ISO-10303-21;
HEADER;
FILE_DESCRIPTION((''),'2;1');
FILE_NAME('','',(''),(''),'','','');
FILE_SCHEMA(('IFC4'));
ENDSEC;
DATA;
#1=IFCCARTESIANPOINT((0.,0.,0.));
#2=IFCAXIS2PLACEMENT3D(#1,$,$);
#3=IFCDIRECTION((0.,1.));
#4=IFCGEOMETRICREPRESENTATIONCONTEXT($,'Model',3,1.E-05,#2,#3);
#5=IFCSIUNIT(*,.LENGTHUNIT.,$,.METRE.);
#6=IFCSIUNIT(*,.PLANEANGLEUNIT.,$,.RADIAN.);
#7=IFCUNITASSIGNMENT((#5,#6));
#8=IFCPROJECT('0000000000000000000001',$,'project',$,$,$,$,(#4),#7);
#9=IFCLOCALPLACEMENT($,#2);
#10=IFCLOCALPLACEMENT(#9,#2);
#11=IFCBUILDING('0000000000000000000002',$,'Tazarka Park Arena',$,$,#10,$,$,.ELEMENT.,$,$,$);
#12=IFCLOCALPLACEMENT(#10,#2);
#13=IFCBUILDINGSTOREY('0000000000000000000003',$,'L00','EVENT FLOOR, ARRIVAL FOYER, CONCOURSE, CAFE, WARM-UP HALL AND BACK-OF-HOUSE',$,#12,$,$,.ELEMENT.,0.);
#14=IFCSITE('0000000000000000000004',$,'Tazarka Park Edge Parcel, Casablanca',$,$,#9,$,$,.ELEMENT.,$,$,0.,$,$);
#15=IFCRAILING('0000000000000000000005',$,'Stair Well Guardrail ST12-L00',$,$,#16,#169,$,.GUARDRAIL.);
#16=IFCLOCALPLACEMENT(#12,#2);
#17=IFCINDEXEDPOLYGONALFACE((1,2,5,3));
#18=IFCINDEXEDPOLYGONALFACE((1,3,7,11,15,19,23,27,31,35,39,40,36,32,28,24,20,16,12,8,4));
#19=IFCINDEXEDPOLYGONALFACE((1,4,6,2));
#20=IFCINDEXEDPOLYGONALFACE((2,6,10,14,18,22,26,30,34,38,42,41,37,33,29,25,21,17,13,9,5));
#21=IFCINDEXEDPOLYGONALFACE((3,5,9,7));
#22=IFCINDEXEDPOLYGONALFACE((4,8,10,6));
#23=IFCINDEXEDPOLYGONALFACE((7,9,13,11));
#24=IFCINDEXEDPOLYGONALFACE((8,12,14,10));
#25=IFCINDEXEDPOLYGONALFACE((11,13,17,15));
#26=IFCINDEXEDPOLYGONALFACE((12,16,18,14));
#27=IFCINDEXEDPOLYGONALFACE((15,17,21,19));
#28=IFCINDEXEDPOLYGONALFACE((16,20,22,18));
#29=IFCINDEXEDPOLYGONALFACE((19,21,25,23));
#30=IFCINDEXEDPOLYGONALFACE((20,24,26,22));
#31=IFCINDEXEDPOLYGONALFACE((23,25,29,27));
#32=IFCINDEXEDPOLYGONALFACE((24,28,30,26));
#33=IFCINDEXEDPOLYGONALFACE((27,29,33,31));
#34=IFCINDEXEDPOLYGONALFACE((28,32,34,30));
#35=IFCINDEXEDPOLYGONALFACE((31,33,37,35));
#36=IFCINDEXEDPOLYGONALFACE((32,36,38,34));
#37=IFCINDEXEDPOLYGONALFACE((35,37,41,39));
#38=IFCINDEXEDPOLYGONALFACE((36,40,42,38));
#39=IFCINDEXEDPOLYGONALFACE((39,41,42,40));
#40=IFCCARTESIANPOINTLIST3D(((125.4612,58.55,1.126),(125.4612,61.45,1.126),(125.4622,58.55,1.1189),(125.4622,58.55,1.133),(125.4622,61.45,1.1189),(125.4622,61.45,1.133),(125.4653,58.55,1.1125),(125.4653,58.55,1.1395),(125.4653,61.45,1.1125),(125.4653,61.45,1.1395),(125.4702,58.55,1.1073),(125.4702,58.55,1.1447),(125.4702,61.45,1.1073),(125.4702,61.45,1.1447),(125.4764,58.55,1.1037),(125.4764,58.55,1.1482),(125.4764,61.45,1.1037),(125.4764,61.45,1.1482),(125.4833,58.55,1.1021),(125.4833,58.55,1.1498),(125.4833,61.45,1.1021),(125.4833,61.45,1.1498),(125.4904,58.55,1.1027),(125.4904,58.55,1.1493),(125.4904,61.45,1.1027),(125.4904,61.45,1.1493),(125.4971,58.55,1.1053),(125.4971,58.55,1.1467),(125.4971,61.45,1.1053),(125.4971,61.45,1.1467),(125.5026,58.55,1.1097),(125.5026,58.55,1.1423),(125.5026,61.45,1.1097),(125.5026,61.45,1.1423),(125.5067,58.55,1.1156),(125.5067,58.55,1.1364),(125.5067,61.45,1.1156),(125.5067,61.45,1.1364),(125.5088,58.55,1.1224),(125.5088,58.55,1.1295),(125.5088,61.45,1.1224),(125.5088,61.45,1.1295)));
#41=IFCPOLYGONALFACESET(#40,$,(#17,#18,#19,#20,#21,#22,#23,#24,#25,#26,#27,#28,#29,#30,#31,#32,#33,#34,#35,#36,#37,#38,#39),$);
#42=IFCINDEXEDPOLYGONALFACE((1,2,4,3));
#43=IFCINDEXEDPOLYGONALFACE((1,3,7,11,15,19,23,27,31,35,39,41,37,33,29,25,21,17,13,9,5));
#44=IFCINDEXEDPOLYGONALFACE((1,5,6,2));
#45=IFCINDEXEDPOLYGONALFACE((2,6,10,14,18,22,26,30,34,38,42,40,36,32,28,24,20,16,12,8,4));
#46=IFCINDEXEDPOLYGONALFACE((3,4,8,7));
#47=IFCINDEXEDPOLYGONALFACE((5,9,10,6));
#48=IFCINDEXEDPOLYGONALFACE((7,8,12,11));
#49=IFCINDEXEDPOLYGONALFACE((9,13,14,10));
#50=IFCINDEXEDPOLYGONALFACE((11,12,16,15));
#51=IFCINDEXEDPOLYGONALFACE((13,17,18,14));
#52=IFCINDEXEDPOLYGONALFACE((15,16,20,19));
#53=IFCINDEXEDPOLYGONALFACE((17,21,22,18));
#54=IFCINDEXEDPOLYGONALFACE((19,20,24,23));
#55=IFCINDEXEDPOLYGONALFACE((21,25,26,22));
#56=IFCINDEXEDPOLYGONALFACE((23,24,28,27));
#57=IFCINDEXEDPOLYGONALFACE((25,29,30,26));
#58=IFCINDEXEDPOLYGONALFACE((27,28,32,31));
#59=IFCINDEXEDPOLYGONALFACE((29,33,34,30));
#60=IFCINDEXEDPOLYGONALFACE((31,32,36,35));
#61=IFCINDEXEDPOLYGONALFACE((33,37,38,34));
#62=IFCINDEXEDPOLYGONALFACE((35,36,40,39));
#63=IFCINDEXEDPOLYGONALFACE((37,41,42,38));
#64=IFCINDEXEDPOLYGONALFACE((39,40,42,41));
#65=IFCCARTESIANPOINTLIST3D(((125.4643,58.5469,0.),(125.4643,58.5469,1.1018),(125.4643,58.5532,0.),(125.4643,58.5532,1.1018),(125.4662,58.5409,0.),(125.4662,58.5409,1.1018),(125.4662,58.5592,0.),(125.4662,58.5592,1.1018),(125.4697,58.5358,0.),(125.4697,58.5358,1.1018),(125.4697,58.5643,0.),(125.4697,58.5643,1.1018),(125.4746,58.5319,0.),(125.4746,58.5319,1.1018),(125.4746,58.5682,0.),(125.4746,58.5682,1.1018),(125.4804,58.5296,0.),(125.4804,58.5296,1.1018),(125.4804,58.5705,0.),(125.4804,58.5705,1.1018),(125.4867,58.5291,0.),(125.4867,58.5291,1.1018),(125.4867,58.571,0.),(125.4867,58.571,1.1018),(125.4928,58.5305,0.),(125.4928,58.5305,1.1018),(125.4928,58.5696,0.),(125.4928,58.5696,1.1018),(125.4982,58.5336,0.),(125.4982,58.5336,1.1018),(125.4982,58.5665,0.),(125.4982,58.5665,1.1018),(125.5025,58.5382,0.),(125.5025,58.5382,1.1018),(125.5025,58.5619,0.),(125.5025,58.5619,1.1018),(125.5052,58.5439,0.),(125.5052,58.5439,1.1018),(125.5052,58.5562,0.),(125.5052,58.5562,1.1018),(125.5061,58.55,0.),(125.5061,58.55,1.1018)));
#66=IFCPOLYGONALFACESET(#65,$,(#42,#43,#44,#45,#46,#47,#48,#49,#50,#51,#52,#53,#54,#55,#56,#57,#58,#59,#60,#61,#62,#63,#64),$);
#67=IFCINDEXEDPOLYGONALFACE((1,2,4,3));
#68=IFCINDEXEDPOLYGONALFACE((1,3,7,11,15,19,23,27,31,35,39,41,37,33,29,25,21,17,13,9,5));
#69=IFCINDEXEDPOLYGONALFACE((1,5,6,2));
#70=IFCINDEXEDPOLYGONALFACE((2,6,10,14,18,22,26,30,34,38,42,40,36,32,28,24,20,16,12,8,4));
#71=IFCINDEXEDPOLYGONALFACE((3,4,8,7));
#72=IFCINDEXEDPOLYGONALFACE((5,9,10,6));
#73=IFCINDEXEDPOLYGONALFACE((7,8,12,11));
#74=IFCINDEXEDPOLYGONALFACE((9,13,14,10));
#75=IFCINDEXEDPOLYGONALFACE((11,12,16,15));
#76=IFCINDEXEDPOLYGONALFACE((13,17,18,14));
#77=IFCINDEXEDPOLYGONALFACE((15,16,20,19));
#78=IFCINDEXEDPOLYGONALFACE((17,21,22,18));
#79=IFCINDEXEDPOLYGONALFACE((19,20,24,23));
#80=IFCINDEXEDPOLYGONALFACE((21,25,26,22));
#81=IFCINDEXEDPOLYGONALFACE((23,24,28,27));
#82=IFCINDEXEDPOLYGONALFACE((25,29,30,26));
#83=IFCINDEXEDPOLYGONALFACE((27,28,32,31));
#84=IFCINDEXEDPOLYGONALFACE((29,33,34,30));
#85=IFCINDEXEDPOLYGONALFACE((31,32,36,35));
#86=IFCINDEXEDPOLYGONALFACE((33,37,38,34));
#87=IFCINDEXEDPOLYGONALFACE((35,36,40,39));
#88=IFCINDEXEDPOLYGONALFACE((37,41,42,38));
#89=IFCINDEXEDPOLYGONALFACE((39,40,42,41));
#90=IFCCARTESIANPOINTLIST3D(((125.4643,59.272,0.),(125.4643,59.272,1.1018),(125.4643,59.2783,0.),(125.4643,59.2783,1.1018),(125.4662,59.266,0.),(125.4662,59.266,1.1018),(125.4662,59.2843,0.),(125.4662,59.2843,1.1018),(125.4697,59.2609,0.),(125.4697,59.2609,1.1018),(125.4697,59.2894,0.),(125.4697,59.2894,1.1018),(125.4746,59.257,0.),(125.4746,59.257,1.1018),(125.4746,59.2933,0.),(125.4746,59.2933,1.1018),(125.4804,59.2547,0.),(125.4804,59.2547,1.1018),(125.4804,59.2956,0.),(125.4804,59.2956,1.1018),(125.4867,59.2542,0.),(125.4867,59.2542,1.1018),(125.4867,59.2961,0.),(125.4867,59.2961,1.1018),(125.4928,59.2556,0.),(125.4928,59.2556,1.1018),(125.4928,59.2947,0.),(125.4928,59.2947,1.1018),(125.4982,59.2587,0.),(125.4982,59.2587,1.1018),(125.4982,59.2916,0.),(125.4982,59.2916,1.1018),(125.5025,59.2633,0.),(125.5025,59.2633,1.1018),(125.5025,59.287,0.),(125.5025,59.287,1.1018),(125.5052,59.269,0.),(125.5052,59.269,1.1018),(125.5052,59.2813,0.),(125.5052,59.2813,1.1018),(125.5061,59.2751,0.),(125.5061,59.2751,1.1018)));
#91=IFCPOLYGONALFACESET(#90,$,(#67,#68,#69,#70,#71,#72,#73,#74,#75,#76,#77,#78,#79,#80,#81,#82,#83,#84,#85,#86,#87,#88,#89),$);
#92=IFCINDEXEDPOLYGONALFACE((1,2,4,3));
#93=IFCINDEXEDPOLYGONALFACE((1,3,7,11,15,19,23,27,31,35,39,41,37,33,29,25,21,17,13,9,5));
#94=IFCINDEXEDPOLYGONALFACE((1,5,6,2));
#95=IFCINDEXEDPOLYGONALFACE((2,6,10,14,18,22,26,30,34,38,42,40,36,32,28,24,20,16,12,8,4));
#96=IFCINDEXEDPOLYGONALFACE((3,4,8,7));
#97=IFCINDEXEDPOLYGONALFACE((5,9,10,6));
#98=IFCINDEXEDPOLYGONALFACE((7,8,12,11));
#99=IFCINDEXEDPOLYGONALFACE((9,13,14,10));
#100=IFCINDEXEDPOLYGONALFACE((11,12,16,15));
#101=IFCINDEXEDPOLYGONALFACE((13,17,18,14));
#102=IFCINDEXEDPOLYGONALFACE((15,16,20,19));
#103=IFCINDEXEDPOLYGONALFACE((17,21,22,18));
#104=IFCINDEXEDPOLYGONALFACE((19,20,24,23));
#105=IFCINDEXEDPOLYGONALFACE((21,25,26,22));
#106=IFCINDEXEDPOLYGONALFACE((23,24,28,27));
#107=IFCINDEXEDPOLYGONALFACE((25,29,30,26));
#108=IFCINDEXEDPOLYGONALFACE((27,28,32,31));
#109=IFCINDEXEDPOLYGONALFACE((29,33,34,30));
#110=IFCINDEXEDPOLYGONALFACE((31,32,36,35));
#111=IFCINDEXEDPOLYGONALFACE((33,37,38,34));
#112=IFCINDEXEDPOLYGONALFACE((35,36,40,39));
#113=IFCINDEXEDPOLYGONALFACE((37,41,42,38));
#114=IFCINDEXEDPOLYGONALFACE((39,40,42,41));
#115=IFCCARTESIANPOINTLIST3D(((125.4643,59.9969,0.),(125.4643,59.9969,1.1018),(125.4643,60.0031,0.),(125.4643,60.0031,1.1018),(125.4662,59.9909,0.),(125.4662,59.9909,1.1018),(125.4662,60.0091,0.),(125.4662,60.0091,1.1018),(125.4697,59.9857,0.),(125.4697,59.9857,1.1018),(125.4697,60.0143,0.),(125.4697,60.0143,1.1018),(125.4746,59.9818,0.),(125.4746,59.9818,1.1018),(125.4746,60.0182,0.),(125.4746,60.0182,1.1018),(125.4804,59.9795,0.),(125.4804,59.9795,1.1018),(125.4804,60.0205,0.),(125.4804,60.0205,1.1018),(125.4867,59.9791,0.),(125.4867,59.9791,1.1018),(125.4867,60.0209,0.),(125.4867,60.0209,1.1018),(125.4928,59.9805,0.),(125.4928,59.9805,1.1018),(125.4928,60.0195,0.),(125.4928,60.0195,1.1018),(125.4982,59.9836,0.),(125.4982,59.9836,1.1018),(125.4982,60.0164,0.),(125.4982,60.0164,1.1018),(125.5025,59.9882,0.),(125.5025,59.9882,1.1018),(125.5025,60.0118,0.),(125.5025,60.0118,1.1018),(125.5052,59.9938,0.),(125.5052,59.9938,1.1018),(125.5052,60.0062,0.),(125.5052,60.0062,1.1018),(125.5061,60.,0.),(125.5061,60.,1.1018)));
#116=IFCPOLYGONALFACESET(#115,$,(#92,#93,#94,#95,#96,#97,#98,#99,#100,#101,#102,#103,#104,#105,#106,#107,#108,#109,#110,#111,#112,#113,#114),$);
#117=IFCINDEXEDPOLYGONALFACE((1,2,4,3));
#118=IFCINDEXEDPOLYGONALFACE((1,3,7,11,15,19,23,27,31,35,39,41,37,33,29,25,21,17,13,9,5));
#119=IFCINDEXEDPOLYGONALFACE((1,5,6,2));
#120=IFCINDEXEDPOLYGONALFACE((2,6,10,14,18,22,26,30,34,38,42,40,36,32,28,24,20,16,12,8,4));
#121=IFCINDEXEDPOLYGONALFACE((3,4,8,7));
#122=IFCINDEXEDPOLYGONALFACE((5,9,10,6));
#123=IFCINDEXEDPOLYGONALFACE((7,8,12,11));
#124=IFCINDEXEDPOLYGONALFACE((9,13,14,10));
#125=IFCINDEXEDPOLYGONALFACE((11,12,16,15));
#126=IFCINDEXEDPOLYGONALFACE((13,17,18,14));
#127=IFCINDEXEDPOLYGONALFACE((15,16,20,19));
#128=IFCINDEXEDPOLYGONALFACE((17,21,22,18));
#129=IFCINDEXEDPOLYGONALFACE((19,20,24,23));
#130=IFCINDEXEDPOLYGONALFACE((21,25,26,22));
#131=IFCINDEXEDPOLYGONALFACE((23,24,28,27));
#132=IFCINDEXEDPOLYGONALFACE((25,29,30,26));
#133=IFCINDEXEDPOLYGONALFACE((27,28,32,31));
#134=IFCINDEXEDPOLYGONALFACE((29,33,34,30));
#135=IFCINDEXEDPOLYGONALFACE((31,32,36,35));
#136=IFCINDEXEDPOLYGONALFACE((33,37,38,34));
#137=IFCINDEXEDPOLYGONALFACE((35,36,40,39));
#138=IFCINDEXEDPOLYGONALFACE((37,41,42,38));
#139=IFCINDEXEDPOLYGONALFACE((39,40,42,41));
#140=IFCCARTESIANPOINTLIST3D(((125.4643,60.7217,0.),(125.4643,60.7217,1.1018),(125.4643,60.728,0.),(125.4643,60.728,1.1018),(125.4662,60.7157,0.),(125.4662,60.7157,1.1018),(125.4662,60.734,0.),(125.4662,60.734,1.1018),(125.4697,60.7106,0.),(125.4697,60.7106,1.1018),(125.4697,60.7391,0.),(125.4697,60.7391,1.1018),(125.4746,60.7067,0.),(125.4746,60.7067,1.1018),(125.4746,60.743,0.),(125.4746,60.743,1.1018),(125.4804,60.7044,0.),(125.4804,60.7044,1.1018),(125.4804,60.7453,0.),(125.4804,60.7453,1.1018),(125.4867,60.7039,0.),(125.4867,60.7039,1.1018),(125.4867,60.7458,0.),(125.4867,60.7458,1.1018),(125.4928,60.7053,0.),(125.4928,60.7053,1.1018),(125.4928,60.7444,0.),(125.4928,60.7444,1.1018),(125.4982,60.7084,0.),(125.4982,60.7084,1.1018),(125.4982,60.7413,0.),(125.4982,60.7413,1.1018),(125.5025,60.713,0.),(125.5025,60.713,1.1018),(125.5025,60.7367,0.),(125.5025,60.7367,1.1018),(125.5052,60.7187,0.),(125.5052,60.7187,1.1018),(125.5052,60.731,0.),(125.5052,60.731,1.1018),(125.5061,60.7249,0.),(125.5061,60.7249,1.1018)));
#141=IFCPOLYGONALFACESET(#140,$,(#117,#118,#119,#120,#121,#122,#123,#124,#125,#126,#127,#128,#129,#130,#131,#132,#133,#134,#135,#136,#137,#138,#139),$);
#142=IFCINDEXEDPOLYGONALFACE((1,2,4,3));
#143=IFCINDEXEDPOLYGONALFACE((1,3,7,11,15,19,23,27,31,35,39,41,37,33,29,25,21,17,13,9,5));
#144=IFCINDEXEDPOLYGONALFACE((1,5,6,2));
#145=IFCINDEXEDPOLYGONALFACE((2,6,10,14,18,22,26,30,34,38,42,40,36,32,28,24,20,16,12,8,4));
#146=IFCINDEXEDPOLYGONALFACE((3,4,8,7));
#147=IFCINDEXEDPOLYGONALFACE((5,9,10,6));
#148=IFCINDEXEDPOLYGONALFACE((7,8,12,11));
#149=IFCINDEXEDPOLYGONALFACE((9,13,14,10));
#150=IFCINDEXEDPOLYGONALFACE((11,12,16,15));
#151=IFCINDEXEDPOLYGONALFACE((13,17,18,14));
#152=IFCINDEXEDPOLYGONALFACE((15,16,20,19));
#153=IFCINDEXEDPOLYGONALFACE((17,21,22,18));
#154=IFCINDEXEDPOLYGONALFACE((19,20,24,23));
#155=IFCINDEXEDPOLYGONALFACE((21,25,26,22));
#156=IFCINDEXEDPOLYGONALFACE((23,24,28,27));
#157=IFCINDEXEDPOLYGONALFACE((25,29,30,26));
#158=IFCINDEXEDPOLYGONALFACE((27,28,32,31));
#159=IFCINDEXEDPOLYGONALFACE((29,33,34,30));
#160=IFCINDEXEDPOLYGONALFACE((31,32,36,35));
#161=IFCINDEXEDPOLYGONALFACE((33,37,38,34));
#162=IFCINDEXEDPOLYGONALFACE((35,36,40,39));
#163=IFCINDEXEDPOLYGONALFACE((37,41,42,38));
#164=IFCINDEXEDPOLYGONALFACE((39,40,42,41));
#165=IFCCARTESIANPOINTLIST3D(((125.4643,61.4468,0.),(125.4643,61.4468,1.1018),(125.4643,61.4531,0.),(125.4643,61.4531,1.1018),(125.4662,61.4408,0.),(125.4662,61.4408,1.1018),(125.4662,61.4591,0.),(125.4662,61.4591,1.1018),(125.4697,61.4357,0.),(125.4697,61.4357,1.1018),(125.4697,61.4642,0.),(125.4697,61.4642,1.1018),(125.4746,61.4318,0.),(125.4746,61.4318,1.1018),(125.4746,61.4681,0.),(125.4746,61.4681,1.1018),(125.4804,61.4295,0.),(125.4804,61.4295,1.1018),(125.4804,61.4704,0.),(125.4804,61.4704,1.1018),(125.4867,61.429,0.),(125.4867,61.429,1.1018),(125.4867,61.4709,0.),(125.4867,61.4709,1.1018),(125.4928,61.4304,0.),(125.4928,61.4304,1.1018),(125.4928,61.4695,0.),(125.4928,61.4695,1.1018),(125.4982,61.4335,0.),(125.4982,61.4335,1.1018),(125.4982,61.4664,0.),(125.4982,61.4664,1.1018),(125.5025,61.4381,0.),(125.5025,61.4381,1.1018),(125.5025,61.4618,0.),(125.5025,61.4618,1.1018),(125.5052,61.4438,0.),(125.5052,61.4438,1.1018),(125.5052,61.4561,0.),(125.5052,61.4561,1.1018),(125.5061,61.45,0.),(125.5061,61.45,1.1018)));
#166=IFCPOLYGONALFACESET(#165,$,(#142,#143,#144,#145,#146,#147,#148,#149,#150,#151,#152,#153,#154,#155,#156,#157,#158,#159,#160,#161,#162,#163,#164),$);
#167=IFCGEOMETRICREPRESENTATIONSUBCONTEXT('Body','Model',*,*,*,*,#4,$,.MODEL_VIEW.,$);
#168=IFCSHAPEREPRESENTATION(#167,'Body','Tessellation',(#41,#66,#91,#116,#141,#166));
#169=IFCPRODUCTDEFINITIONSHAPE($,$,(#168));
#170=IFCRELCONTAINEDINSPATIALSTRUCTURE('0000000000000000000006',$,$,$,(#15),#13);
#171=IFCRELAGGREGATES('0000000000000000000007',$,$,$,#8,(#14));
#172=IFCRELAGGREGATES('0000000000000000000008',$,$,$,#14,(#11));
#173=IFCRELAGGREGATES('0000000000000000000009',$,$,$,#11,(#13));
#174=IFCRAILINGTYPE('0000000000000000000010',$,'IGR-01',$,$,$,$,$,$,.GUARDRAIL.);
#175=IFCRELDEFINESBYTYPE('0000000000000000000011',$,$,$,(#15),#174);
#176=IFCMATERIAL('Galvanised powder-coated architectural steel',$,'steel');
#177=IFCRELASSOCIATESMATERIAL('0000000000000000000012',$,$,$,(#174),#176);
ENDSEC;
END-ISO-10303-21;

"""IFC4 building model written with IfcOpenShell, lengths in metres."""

from ifc_helpers import new_model, si_unit, direction, frame, origin, origin_2d, place, context, subcontext, project, spatial, circle, extrude, material, type_object, element, save


model = new_model("IFC4")

# Units and contexts
model_context = context("Model", 3, precision=1e-05, world=origin(), true_north=direction((0.0, 1.0)))
body_context = subcontext(model_context, "Body", "Model", "MODEL_VIEW")
ifc_project = project(units=[si_unit("LENGTHUNIT", "METRE"), si_unit("PLANEANGLEUNIT", "RADIAN")], contexts=[model_context])

# Site, building, storey
site_placement = place(None, origin())
site = spatial("IfcSite", under=ifc_project, at=site_placement, Name="Tazarka Park Edge Parcel, Casablanca", CompositionType="ELEMENT", RefElevation=0.0)
building_placement = place(site_placement, origin())
building = spatial("IfcBuilding", under=site, at=building_placement, Name="Tazarka Park Arena", CompositionType="ELEMENT")
storey_placement = place(building_placement, origin())
storey = spatial("IfcBuildingStorey", under=building, at=storey_placement, Name="L00", Description="EVENT FLOOR, ARRIVAL FOYER, CONCOURSE, CAFE, WARM-UP HALL AND BACK-OF-HOUSE", CompositionType="ELEMENT", Elevation=0.0)

# Railing
ifc_material_1 = material(Name="Galvanised powder-coated architectural steel", Category="steel")
railing_type_1 = type_object("IfcRailingType", Name="IGR-01", PredefinedType="GUARDRAIL", material=ifc_material_1)
for number, where, name in (
    (1, (125.4851, 58.55, 0.0), "Stair Well Guardrail ST12-L00"),
):
    element("IfcRailing", number, at=place(storey_placement, frame(where)), inside=storey, type_object=railing_type_1, Name=name, PredefinedType="GUARDRAIL", context=body_context, shape_type="SweptSolid", body=[
        extrude(circle(Radius=0.0239, at=origin_2d()), frame((0.0, 0.0, 1.126), z_axis=(0.0, 1.0, 0.0), x_axis=(-1.0, 0.0, 0.0)), (0.0, 0.0, 1.0), 2.8999),
        extrude(circle(Radius=0.021, at=origin_2d()), origin(), (0.0, 0.0, 1.0), 1.1018),
        extrude(circle(Radius=0.021, at=origin_2d()), frame((0.0, 0.7251, 0.0)), (0.0, 0.0, 1.0), 1.1018),
        extrude(circle(Radius=0.021, at=origin_2d()), frame((0.0, 1.45, 0.0)), (0.0, 0.0, 1.0), 1.1018),
        extrude(circle(Radius=0.021, at=origin_2d()), frame((0.0, 2.1748, 0.0)), (0.0, 0.0, 1.0), 1.1018),
        extrude(circle(Radius=0.021, at=origin_2d()), frame((0.0, 2.8999, 0.0)), (0.0, 0.0, 1.0), 1.1018),
    ])

save(model, "model.ifc")
